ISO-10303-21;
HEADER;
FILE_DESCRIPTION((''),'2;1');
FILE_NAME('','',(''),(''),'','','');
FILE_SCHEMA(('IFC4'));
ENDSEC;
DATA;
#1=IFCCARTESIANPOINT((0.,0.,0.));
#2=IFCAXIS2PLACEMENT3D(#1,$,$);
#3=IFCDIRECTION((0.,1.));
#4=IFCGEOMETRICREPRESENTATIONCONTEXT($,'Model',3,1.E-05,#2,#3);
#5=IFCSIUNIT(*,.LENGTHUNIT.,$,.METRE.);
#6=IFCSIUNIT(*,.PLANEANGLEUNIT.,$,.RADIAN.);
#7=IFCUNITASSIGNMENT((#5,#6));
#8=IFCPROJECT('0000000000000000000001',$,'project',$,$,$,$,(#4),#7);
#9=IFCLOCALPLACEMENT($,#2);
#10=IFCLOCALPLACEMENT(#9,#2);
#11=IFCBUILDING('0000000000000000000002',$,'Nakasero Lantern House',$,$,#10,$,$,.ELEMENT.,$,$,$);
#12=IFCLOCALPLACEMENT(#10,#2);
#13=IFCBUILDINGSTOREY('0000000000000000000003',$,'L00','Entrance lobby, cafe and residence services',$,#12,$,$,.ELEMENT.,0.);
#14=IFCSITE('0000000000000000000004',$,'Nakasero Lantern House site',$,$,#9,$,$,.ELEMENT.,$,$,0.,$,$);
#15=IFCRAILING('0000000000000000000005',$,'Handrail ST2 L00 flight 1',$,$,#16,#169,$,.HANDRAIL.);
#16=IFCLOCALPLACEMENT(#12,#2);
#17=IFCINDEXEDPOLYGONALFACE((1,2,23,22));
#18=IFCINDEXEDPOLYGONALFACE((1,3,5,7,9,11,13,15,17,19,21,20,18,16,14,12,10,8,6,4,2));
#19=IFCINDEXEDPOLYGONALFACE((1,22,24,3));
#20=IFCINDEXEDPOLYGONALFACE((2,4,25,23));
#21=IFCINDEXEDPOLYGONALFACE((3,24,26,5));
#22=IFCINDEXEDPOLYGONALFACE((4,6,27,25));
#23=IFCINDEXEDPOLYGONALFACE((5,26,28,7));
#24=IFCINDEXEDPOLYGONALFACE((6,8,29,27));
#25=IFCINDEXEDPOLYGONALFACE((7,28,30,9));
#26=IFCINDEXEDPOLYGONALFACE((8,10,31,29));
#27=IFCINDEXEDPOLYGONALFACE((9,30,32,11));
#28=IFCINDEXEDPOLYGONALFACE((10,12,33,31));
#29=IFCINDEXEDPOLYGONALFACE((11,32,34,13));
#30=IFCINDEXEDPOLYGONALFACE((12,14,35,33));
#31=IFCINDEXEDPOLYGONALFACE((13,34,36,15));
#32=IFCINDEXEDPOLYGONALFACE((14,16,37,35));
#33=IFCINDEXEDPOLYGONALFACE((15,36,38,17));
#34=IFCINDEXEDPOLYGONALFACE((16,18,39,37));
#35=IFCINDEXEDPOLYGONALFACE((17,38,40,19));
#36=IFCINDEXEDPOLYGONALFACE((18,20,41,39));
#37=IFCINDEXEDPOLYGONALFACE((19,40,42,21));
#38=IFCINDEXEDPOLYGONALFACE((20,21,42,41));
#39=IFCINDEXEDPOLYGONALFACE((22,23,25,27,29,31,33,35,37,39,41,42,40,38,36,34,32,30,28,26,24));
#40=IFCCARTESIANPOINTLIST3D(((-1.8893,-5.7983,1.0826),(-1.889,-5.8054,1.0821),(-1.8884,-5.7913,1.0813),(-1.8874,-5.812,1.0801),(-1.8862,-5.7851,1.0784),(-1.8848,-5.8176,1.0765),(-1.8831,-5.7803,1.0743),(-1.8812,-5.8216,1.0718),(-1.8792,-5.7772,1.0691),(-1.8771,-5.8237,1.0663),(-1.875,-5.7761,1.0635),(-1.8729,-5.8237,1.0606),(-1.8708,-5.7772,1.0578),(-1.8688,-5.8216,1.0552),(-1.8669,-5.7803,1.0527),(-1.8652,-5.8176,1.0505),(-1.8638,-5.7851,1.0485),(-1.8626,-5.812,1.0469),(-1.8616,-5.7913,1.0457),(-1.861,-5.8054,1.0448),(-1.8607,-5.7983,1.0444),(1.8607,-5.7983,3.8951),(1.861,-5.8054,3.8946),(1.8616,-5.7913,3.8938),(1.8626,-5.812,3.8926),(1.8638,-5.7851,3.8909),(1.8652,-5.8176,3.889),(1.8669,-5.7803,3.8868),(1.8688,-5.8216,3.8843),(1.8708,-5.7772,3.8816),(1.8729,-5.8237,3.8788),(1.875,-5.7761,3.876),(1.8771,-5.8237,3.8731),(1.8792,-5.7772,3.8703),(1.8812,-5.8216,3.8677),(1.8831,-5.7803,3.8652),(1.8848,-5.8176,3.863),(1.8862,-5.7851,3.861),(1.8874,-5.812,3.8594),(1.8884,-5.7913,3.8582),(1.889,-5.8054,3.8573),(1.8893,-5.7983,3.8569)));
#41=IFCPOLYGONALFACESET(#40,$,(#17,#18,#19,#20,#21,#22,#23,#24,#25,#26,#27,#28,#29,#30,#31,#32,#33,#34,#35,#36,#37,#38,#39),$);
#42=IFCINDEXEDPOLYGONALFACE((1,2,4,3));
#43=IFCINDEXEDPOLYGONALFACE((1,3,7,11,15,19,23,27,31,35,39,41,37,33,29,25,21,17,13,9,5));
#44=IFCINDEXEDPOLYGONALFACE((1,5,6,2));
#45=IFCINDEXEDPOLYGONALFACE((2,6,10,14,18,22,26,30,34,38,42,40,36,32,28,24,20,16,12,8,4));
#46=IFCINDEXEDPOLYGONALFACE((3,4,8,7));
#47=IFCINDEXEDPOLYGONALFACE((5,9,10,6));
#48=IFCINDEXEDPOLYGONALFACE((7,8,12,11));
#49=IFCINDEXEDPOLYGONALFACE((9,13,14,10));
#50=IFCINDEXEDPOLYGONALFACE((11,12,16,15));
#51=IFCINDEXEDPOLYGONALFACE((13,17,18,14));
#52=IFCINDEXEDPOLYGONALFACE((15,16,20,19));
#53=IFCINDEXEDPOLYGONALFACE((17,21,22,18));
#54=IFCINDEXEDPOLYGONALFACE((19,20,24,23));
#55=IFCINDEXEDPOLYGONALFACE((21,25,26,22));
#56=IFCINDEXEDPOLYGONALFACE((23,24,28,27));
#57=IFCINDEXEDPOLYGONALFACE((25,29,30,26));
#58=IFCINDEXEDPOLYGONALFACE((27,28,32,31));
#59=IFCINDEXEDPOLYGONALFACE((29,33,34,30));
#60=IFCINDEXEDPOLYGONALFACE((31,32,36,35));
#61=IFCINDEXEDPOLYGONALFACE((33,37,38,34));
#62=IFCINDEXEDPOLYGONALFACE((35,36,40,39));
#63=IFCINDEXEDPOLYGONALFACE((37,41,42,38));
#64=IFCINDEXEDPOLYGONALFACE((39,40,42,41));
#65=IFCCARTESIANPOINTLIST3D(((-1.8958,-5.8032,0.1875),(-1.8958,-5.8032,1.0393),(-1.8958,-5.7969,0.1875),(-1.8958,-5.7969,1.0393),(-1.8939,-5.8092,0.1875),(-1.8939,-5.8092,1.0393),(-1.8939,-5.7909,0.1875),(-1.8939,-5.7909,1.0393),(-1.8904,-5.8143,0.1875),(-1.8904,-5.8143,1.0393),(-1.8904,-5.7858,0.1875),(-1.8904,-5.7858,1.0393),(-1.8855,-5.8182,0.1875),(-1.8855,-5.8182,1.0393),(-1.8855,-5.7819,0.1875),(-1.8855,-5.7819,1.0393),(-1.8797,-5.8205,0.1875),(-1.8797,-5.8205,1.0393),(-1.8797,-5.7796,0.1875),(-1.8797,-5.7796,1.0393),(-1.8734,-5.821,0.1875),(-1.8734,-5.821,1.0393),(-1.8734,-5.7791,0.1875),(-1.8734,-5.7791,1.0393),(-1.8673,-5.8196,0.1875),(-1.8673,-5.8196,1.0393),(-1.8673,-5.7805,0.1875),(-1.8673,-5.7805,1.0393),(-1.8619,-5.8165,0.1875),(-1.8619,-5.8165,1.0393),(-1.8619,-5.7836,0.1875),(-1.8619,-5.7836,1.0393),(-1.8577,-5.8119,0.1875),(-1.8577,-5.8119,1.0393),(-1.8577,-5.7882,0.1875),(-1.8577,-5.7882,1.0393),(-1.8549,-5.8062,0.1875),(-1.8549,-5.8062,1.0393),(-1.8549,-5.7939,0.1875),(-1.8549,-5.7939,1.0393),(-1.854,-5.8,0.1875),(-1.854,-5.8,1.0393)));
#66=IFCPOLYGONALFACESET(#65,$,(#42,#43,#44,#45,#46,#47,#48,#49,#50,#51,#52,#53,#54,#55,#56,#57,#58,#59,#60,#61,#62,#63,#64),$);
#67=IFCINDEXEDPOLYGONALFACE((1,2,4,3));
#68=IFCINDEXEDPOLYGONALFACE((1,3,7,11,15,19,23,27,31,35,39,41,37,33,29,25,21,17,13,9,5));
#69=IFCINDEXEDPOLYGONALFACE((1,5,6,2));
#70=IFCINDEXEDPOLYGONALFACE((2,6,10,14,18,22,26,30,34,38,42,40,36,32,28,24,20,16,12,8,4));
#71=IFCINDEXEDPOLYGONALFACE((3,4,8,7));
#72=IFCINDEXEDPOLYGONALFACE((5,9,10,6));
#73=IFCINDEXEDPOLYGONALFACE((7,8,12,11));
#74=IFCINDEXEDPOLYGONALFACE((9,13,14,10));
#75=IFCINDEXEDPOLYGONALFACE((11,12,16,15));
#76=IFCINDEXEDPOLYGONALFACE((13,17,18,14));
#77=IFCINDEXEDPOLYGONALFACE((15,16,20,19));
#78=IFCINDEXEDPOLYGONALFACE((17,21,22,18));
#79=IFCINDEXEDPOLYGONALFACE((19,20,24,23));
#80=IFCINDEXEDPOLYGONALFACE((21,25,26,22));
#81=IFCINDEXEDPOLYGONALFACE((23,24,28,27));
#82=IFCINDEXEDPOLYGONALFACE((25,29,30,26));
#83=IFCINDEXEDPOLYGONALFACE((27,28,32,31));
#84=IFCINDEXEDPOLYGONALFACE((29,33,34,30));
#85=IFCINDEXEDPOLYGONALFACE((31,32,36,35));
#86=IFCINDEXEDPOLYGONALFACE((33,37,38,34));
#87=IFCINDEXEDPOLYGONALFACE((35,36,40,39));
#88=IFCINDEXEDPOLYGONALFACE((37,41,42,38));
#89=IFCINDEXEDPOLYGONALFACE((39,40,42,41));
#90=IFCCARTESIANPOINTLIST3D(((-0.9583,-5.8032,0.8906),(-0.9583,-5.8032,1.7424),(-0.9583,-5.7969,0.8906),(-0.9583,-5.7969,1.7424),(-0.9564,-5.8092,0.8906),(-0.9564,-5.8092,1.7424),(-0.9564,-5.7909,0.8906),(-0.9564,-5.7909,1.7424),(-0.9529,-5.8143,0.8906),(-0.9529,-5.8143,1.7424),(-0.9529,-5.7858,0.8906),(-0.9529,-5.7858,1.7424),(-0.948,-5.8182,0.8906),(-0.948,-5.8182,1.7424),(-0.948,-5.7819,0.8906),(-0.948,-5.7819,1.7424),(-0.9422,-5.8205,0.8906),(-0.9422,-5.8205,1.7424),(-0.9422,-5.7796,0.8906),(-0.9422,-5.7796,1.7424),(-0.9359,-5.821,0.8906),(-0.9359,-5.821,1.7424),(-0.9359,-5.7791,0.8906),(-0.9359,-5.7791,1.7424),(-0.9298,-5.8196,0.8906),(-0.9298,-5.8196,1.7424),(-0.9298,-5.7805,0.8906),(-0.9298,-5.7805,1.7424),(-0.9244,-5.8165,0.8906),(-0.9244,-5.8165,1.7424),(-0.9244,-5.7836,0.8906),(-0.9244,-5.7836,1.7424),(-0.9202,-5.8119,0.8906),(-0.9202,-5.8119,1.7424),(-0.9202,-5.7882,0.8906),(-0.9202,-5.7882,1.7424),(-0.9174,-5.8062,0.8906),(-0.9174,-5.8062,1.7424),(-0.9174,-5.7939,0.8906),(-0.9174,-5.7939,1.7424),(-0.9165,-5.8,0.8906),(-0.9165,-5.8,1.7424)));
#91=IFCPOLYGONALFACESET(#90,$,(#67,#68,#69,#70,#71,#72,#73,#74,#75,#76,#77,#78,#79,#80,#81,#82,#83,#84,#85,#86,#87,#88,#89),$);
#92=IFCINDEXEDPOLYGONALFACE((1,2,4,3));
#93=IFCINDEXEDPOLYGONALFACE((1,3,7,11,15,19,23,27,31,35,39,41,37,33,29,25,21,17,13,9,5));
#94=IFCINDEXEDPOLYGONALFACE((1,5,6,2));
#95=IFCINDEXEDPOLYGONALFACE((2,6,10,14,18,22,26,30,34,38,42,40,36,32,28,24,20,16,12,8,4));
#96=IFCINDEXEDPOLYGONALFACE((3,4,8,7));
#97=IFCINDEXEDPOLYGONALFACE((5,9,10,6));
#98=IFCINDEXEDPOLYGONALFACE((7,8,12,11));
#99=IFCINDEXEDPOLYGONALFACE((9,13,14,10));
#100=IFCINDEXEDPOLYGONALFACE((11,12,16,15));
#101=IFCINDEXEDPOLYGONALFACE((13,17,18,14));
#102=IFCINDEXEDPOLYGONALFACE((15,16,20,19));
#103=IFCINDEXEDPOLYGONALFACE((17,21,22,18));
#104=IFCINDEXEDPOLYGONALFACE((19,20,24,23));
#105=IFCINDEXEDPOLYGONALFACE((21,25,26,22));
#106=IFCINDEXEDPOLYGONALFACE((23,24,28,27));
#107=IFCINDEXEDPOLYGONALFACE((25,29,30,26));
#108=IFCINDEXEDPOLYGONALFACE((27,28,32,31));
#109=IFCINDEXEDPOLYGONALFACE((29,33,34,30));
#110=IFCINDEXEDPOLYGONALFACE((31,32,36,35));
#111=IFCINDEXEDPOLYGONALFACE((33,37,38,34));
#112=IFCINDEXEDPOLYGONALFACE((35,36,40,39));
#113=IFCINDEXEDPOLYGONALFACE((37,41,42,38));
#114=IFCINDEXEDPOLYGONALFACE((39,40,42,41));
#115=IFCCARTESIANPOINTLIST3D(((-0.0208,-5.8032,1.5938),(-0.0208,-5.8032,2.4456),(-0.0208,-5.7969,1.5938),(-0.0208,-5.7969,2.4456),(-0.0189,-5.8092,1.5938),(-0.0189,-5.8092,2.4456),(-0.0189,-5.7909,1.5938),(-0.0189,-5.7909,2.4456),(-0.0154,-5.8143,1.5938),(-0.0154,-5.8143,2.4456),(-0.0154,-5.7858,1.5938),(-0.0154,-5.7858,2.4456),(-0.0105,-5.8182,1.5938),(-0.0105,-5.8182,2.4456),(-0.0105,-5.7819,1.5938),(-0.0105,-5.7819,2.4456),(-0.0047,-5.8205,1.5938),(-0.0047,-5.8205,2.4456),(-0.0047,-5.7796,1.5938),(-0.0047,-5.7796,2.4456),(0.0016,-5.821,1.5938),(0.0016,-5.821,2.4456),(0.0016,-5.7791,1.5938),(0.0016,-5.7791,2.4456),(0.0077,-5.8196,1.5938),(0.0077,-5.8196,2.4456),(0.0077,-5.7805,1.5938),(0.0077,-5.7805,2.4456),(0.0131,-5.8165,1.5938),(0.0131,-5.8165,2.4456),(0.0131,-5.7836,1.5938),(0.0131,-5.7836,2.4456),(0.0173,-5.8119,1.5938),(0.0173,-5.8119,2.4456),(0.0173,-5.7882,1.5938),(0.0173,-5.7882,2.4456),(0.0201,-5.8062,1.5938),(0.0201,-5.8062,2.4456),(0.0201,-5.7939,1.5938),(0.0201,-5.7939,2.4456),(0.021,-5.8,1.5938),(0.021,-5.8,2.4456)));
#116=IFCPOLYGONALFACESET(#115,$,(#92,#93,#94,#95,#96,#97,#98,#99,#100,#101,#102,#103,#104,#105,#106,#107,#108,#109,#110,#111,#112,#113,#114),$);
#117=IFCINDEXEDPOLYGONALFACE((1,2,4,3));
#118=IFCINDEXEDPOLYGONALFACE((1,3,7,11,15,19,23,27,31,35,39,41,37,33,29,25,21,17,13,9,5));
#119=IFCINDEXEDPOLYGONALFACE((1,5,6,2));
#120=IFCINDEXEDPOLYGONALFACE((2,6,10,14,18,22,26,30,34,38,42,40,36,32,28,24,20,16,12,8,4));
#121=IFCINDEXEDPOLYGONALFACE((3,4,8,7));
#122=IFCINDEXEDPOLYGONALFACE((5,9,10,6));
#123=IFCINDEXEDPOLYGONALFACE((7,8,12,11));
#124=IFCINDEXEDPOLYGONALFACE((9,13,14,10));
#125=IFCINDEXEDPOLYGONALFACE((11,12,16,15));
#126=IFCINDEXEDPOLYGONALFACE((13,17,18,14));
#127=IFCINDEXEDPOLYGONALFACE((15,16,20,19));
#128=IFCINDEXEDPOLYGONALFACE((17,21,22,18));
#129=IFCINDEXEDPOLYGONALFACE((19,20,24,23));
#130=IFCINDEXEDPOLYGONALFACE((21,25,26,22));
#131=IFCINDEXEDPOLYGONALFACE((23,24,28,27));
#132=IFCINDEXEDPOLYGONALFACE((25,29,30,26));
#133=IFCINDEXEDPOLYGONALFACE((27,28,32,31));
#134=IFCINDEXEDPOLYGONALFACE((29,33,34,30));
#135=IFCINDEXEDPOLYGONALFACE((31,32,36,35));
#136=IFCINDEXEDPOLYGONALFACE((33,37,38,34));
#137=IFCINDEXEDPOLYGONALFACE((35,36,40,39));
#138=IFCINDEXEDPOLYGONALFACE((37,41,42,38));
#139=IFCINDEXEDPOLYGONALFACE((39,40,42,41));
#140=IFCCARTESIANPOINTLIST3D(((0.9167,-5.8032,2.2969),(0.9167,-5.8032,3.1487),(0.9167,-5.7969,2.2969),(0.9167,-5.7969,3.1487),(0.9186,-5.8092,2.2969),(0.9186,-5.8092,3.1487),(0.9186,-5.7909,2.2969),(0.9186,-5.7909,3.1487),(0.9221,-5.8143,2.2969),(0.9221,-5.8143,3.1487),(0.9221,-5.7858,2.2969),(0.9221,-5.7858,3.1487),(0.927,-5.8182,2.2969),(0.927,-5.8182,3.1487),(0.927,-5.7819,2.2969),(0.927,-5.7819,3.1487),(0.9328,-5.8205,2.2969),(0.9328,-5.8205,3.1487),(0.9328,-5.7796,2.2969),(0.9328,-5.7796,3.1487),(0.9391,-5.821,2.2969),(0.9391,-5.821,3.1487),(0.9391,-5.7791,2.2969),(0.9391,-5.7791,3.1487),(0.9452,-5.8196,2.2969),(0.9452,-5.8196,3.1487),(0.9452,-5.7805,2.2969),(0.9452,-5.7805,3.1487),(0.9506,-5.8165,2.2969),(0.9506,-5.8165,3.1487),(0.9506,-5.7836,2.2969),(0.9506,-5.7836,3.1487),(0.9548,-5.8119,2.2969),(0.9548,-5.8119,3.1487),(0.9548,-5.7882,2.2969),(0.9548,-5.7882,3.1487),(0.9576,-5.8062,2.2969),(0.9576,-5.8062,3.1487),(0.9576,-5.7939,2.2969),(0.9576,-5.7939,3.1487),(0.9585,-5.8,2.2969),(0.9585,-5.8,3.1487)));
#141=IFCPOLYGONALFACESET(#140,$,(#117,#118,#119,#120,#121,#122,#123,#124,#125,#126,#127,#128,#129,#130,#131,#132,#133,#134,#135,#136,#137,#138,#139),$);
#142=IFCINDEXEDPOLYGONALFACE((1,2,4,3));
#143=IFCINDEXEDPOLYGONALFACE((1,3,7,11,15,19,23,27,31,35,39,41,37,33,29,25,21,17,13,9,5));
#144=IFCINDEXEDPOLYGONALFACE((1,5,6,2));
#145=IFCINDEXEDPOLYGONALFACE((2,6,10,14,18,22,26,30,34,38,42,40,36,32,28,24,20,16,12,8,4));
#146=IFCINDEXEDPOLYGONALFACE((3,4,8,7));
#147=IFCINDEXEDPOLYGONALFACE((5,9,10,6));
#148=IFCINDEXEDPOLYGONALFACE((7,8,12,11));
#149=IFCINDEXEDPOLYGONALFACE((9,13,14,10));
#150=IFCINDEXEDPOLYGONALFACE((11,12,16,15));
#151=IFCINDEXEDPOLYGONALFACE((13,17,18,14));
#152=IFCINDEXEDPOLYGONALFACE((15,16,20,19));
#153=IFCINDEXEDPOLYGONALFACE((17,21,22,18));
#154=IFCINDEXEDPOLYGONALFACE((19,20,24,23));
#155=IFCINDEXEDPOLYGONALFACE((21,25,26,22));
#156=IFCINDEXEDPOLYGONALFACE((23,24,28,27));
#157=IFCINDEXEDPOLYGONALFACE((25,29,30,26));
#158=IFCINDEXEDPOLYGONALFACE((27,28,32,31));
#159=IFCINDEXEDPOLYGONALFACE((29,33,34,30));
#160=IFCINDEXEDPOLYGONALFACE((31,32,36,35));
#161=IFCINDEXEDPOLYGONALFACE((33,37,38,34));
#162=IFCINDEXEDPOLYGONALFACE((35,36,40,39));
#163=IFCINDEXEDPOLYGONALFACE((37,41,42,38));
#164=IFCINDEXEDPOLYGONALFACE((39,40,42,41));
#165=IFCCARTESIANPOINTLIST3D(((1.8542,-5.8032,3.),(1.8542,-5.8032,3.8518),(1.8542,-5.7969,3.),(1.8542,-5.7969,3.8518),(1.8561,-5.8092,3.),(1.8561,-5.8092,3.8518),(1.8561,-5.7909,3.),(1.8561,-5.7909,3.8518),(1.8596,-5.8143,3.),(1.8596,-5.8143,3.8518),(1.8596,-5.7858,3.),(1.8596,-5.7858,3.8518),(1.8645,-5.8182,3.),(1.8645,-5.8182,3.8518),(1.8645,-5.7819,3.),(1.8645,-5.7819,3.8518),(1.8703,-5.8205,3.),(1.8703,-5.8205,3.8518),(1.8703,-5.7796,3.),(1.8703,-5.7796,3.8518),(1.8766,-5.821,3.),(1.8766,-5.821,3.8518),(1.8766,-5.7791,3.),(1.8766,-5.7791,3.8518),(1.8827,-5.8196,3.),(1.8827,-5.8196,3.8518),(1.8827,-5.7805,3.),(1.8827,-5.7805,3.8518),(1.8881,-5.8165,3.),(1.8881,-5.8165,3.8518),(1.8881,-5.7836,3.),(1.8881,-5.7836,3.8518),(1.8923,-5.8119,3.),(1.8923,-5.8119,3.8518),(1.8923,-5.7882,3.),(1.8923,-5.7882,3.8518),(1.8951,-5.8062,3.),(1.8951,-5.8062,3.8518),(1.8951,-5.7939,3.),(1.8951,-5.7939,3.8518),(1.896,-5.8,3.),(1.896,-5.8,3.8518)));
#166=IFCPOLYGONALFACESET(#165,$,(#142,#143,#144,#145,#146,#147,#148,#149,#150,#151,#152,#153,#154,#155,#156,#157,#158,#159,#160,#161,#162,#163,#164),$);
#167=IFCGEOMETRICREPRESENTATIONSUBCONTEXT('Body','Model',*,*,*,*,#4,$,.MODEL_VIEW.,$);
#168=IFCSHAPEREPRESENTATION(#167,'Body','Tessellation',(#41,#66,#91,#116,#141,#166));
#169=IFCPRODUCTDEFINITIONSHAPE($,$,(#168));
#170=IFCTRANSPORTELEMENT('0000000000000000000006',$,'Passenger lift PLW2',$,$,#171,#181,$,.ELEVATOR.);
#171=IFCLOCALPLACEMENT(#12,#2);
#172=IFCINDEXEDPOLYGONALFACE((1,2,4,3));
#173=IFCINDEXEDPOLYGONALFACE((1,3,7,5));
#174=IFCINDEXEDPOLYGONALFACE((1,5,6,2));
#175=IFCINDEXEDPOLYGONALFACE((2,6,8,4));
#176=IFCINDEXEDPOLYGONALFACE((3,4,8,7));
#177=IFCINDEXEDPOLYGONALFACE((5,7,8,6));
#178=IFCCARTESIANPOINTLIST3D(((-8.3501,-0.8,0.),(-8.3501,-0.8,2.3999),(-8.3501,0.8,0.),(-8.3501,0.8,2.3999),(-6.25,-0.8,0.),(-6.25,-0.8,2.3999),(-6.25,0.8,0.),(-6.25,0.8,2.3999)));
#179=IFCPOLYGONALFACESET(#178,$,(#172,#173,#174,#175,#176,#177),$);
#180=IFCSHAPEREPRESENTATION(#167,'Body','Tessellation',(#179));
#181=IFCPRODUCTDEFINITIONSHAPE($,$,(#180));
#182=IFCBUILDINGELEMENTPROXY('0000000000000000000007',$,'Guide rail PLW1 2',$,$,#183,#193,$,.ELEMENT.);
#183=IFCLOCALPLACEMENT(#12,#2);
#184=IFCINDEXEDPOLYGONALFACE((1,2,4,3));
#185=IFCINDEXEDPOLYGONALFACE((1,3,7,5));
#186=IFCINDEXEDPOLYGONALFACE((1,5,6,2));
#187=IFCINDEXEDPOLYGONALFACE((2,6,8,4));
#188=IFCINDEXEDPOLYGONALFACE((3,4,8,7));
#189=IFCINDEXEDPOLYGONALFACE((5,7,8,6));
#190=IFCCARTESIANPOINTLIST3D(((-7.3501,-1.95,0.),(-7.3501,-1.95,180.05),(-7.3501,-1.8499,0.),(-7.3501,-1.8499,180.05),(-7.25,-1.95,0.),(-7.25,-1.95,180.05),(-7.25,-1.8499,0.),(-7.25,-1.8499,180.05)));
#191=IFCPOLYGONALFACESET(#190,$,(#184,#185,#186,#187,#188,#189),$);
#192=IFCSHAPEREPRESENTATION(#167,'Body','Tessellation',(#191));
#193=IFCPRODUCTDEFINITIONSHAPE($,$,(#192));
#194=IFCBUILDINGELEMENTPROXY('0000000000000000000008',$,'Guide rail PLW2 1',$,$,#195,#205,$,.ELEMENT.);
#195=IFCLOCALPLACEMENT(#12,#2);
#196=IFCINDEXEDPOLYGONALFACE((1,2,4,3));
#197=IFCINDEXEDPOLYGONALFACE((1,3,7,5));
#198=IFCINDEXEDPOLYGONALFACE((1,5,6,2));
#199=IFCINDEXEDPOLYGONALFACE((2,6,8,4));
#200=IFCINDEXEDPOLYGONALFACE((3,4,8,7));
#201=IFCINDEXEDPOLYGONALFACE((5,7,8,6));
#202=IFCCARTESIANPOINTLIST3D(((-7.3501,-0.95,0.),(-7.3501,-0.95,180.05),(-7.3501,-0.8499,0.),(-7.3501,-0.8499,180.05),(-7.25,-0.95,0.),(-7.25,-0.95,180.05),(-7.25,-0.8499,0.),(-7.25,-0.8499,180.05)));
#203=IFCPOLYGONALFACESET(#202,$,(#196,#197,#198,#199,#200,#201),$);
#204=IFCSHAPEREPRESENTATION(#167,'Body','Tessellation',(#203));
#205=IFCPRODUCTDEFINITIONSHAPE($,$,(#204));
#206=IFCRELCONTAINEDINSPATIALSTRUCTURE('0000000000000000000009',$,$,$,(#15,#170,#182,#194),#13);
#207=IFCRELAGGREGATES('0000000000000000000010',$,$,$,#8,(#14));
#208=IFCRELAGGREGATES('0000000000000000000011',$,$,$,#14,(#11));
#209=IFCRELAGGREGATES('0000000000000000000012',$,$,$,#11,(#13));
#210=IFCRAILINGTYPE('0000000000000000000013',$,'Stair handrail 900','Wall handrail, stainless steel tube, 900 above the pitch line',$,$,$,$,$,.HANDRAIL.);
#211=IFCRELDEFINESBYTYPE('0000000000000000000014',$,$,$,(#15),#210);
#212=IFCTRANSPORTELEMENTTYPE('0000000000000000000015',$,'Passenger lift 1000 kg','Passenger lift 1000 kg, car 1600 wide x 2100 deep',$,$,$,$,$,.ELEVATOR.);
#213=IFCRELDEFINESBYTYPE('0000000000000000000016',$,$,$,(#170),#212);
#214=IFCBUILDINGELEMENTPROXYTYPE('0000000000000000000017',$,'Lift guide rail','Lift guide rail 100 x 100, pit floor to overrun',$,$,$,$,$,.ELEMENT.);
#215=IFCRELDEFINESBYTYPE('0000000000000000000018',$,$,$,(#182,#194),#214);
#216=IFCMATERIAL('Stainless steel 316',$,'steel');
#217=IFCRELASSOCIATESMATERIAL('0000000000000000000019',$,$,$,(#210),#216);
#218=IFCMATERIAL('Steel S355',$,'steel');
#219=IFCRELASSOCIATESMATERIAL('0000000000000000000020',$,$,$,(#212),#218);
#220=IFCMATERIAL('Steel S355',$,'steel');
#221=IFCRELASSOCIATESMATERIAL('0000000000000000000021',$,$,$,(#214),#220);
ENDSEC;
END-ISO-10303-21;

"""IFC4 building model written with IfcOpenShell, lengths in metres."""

from ifc_helpers import new_model, si_unit, direction, frame, origin, origin_2d, place, context, subcontext, project, spatial, rectangle, circle, extrude, material, type_object, element, save


model = new_model("IFC4")

# Units and contexts
model_context = context("Model", 3, precision=1e-05, world=origin(), true_north=direction((0.0, 1.0)))
body_context = subcontext(model_context, "Body", "Model", "MODEL_VIEW")
ifc_project = project(units=[si_unit("LENGTHUNIT", "METRE"), si_unit("PLANEANGLEUNIT", "RADIAN")], contexts=[model_context])

# Site, building, storey
site_placement = place(None, origin())
site = spatial("IfcSite", under=ifc_project, at=site_placement, Name="Nakasero Lantern House site", CompositionType="ELEMENT", RefElevation=0.0)
building_placement = place(site_placement, origin())
building = spatial("IfcBuilding", under=site, at=building_placement, Name="Nakasero Lantern House", CompositionType="ELEMENT")
storey_placement = place(building_placement, origin())
storey = spatial("IfcBuildingStorey", under=building, at=storey_placement, Name="L00", Description="Entrance lobby, cafe and residence services", CompositionType="ELEMENT", Elevation=0.0)

# Railing
ifc_material_1 = material(Name="Stainless steel 316", Category="steel")
railing_type = type_object("IfcRailingType", Name="Stair handrail 900", Description="Wall handrail, stainless steel tube, 900 above the pitch line", PredefinedType="HANDRAIL", material=ifc_material_1)
railing_placement = place(storey_placement, frame((-1.875, -5.8, 0.1875)))
element("IfcRailing", 1, at=railing_placement, inside=storey, type_object=railing_type, Name="Handrail ST2 L00 flight 1", PredefinedType="HANDRAIL", context=body_context, shape_type="SweptSolid", body=[
    extrude(circle(Radius=0.0239, at=origin_2d()), frame((0.0, 0.0, 0.876), z_axis=(0.8, 0.0, 0.6), x_axis=(0.0, 1.0, 0.0)), (0.0, 0.0, 1.0), 4.6875),
    extrude(circle(Radius=0.021, at=origin_2d()), origin(), (0.0, 0.0, 1.0), 0.8518),
    extrude(circle(Radius=0.021, at=origin_2d()), frame((0.9375, 0.0, 0.7031)), (0.0, 0.0, 1.0), 0.8518),
    extrude(circle(Radius=0.021, at=origin_2d()), frame((1.875, 0.0, 1.4062)), (0.0, 0.0, 1.0), 0.8518),
    extrude(circle(Radius=0.021, at=origin_2d()), frame((2.8125, 0.0, 2.1094)), (0.0, 0.0, 1.0), 0.8518),
    extrude(circle(Radius=0.021, at=origin_2d()), frame((3.75, 0.0, 2.8125)), (0.0, 0.0, 1.0), 0.8518),
])

# Transport element
ifc_material_2 = material(Name="Steel S355", Category="steel")
transport_element_type = type_object("IfcTransportElementType", Name="Passenger lift 1000 kg", Description="Passenger lift 1000 kg, car 1600 wide x 2100 deep", PredefinedType="ELEVATOR", material=ifc_material_2)
transport_element_placement = place(storey_placement, frame((-7.3, 0.0, 0.0), z_axis=(0.0, 0.0, 1.0), x_axis=(1.0, 0.0, 0.0)))
element("IfcTransportElement", 2, at=transport_element_placement, inside=storey, type_object=transport_element_type, Name="Passenger lift PLW2", PredefinedType="ELEVATOR", context=body_context, shape_type="SweptSolid", body=[
    extrude(rectangle(XDim=2.1001, YDim=1.6001, at=origin_2d()), origin(), (0.0, 0.0, 1.0), 2.3999),
])

# Building element proxies
ifc_material_3 = material(Name="Steel S355", Category="steel")
building_element_proxy_type = type_object("IfcBuildingElementProxyType", Name="Lift guide rail", Description="Lift guide rail 100 x 100, pit floor to overrun", PredefinedType="ELEMENT", material=ifc_material_3)
for number, where, z_axis, x_axis, name in (
    (3, (-7.3, -1.8999, 0.0), (0.0, 0.0, 1.0), (1.0, 0.0, 0.0), "Guide rail PLW1 2"),
    (4, (-7.3, -0.8999, 0.0), (0.0, 0.0, 1.0), (1.0, 0.0, 0.0), "Guide rail PLW2 1"),
):
    element("IfcBuildingElementProxy", number, at=place(storey_placement, frame(where, z_axis=z_axis, x_axis=x_axis)), inside=storey, type_object=building_element_proxy_type, Name=name, PredefinedType="ELEMENT", context=body_context, shape_type="SweptSolid", body=[
        extrude(rectangle(XDim=0.1001, YDim=0.1001, at=origin_2d()), origin(), (0.0, 0.0, 1.0), 180.05),
    ])

save(model, "model.ifc")
